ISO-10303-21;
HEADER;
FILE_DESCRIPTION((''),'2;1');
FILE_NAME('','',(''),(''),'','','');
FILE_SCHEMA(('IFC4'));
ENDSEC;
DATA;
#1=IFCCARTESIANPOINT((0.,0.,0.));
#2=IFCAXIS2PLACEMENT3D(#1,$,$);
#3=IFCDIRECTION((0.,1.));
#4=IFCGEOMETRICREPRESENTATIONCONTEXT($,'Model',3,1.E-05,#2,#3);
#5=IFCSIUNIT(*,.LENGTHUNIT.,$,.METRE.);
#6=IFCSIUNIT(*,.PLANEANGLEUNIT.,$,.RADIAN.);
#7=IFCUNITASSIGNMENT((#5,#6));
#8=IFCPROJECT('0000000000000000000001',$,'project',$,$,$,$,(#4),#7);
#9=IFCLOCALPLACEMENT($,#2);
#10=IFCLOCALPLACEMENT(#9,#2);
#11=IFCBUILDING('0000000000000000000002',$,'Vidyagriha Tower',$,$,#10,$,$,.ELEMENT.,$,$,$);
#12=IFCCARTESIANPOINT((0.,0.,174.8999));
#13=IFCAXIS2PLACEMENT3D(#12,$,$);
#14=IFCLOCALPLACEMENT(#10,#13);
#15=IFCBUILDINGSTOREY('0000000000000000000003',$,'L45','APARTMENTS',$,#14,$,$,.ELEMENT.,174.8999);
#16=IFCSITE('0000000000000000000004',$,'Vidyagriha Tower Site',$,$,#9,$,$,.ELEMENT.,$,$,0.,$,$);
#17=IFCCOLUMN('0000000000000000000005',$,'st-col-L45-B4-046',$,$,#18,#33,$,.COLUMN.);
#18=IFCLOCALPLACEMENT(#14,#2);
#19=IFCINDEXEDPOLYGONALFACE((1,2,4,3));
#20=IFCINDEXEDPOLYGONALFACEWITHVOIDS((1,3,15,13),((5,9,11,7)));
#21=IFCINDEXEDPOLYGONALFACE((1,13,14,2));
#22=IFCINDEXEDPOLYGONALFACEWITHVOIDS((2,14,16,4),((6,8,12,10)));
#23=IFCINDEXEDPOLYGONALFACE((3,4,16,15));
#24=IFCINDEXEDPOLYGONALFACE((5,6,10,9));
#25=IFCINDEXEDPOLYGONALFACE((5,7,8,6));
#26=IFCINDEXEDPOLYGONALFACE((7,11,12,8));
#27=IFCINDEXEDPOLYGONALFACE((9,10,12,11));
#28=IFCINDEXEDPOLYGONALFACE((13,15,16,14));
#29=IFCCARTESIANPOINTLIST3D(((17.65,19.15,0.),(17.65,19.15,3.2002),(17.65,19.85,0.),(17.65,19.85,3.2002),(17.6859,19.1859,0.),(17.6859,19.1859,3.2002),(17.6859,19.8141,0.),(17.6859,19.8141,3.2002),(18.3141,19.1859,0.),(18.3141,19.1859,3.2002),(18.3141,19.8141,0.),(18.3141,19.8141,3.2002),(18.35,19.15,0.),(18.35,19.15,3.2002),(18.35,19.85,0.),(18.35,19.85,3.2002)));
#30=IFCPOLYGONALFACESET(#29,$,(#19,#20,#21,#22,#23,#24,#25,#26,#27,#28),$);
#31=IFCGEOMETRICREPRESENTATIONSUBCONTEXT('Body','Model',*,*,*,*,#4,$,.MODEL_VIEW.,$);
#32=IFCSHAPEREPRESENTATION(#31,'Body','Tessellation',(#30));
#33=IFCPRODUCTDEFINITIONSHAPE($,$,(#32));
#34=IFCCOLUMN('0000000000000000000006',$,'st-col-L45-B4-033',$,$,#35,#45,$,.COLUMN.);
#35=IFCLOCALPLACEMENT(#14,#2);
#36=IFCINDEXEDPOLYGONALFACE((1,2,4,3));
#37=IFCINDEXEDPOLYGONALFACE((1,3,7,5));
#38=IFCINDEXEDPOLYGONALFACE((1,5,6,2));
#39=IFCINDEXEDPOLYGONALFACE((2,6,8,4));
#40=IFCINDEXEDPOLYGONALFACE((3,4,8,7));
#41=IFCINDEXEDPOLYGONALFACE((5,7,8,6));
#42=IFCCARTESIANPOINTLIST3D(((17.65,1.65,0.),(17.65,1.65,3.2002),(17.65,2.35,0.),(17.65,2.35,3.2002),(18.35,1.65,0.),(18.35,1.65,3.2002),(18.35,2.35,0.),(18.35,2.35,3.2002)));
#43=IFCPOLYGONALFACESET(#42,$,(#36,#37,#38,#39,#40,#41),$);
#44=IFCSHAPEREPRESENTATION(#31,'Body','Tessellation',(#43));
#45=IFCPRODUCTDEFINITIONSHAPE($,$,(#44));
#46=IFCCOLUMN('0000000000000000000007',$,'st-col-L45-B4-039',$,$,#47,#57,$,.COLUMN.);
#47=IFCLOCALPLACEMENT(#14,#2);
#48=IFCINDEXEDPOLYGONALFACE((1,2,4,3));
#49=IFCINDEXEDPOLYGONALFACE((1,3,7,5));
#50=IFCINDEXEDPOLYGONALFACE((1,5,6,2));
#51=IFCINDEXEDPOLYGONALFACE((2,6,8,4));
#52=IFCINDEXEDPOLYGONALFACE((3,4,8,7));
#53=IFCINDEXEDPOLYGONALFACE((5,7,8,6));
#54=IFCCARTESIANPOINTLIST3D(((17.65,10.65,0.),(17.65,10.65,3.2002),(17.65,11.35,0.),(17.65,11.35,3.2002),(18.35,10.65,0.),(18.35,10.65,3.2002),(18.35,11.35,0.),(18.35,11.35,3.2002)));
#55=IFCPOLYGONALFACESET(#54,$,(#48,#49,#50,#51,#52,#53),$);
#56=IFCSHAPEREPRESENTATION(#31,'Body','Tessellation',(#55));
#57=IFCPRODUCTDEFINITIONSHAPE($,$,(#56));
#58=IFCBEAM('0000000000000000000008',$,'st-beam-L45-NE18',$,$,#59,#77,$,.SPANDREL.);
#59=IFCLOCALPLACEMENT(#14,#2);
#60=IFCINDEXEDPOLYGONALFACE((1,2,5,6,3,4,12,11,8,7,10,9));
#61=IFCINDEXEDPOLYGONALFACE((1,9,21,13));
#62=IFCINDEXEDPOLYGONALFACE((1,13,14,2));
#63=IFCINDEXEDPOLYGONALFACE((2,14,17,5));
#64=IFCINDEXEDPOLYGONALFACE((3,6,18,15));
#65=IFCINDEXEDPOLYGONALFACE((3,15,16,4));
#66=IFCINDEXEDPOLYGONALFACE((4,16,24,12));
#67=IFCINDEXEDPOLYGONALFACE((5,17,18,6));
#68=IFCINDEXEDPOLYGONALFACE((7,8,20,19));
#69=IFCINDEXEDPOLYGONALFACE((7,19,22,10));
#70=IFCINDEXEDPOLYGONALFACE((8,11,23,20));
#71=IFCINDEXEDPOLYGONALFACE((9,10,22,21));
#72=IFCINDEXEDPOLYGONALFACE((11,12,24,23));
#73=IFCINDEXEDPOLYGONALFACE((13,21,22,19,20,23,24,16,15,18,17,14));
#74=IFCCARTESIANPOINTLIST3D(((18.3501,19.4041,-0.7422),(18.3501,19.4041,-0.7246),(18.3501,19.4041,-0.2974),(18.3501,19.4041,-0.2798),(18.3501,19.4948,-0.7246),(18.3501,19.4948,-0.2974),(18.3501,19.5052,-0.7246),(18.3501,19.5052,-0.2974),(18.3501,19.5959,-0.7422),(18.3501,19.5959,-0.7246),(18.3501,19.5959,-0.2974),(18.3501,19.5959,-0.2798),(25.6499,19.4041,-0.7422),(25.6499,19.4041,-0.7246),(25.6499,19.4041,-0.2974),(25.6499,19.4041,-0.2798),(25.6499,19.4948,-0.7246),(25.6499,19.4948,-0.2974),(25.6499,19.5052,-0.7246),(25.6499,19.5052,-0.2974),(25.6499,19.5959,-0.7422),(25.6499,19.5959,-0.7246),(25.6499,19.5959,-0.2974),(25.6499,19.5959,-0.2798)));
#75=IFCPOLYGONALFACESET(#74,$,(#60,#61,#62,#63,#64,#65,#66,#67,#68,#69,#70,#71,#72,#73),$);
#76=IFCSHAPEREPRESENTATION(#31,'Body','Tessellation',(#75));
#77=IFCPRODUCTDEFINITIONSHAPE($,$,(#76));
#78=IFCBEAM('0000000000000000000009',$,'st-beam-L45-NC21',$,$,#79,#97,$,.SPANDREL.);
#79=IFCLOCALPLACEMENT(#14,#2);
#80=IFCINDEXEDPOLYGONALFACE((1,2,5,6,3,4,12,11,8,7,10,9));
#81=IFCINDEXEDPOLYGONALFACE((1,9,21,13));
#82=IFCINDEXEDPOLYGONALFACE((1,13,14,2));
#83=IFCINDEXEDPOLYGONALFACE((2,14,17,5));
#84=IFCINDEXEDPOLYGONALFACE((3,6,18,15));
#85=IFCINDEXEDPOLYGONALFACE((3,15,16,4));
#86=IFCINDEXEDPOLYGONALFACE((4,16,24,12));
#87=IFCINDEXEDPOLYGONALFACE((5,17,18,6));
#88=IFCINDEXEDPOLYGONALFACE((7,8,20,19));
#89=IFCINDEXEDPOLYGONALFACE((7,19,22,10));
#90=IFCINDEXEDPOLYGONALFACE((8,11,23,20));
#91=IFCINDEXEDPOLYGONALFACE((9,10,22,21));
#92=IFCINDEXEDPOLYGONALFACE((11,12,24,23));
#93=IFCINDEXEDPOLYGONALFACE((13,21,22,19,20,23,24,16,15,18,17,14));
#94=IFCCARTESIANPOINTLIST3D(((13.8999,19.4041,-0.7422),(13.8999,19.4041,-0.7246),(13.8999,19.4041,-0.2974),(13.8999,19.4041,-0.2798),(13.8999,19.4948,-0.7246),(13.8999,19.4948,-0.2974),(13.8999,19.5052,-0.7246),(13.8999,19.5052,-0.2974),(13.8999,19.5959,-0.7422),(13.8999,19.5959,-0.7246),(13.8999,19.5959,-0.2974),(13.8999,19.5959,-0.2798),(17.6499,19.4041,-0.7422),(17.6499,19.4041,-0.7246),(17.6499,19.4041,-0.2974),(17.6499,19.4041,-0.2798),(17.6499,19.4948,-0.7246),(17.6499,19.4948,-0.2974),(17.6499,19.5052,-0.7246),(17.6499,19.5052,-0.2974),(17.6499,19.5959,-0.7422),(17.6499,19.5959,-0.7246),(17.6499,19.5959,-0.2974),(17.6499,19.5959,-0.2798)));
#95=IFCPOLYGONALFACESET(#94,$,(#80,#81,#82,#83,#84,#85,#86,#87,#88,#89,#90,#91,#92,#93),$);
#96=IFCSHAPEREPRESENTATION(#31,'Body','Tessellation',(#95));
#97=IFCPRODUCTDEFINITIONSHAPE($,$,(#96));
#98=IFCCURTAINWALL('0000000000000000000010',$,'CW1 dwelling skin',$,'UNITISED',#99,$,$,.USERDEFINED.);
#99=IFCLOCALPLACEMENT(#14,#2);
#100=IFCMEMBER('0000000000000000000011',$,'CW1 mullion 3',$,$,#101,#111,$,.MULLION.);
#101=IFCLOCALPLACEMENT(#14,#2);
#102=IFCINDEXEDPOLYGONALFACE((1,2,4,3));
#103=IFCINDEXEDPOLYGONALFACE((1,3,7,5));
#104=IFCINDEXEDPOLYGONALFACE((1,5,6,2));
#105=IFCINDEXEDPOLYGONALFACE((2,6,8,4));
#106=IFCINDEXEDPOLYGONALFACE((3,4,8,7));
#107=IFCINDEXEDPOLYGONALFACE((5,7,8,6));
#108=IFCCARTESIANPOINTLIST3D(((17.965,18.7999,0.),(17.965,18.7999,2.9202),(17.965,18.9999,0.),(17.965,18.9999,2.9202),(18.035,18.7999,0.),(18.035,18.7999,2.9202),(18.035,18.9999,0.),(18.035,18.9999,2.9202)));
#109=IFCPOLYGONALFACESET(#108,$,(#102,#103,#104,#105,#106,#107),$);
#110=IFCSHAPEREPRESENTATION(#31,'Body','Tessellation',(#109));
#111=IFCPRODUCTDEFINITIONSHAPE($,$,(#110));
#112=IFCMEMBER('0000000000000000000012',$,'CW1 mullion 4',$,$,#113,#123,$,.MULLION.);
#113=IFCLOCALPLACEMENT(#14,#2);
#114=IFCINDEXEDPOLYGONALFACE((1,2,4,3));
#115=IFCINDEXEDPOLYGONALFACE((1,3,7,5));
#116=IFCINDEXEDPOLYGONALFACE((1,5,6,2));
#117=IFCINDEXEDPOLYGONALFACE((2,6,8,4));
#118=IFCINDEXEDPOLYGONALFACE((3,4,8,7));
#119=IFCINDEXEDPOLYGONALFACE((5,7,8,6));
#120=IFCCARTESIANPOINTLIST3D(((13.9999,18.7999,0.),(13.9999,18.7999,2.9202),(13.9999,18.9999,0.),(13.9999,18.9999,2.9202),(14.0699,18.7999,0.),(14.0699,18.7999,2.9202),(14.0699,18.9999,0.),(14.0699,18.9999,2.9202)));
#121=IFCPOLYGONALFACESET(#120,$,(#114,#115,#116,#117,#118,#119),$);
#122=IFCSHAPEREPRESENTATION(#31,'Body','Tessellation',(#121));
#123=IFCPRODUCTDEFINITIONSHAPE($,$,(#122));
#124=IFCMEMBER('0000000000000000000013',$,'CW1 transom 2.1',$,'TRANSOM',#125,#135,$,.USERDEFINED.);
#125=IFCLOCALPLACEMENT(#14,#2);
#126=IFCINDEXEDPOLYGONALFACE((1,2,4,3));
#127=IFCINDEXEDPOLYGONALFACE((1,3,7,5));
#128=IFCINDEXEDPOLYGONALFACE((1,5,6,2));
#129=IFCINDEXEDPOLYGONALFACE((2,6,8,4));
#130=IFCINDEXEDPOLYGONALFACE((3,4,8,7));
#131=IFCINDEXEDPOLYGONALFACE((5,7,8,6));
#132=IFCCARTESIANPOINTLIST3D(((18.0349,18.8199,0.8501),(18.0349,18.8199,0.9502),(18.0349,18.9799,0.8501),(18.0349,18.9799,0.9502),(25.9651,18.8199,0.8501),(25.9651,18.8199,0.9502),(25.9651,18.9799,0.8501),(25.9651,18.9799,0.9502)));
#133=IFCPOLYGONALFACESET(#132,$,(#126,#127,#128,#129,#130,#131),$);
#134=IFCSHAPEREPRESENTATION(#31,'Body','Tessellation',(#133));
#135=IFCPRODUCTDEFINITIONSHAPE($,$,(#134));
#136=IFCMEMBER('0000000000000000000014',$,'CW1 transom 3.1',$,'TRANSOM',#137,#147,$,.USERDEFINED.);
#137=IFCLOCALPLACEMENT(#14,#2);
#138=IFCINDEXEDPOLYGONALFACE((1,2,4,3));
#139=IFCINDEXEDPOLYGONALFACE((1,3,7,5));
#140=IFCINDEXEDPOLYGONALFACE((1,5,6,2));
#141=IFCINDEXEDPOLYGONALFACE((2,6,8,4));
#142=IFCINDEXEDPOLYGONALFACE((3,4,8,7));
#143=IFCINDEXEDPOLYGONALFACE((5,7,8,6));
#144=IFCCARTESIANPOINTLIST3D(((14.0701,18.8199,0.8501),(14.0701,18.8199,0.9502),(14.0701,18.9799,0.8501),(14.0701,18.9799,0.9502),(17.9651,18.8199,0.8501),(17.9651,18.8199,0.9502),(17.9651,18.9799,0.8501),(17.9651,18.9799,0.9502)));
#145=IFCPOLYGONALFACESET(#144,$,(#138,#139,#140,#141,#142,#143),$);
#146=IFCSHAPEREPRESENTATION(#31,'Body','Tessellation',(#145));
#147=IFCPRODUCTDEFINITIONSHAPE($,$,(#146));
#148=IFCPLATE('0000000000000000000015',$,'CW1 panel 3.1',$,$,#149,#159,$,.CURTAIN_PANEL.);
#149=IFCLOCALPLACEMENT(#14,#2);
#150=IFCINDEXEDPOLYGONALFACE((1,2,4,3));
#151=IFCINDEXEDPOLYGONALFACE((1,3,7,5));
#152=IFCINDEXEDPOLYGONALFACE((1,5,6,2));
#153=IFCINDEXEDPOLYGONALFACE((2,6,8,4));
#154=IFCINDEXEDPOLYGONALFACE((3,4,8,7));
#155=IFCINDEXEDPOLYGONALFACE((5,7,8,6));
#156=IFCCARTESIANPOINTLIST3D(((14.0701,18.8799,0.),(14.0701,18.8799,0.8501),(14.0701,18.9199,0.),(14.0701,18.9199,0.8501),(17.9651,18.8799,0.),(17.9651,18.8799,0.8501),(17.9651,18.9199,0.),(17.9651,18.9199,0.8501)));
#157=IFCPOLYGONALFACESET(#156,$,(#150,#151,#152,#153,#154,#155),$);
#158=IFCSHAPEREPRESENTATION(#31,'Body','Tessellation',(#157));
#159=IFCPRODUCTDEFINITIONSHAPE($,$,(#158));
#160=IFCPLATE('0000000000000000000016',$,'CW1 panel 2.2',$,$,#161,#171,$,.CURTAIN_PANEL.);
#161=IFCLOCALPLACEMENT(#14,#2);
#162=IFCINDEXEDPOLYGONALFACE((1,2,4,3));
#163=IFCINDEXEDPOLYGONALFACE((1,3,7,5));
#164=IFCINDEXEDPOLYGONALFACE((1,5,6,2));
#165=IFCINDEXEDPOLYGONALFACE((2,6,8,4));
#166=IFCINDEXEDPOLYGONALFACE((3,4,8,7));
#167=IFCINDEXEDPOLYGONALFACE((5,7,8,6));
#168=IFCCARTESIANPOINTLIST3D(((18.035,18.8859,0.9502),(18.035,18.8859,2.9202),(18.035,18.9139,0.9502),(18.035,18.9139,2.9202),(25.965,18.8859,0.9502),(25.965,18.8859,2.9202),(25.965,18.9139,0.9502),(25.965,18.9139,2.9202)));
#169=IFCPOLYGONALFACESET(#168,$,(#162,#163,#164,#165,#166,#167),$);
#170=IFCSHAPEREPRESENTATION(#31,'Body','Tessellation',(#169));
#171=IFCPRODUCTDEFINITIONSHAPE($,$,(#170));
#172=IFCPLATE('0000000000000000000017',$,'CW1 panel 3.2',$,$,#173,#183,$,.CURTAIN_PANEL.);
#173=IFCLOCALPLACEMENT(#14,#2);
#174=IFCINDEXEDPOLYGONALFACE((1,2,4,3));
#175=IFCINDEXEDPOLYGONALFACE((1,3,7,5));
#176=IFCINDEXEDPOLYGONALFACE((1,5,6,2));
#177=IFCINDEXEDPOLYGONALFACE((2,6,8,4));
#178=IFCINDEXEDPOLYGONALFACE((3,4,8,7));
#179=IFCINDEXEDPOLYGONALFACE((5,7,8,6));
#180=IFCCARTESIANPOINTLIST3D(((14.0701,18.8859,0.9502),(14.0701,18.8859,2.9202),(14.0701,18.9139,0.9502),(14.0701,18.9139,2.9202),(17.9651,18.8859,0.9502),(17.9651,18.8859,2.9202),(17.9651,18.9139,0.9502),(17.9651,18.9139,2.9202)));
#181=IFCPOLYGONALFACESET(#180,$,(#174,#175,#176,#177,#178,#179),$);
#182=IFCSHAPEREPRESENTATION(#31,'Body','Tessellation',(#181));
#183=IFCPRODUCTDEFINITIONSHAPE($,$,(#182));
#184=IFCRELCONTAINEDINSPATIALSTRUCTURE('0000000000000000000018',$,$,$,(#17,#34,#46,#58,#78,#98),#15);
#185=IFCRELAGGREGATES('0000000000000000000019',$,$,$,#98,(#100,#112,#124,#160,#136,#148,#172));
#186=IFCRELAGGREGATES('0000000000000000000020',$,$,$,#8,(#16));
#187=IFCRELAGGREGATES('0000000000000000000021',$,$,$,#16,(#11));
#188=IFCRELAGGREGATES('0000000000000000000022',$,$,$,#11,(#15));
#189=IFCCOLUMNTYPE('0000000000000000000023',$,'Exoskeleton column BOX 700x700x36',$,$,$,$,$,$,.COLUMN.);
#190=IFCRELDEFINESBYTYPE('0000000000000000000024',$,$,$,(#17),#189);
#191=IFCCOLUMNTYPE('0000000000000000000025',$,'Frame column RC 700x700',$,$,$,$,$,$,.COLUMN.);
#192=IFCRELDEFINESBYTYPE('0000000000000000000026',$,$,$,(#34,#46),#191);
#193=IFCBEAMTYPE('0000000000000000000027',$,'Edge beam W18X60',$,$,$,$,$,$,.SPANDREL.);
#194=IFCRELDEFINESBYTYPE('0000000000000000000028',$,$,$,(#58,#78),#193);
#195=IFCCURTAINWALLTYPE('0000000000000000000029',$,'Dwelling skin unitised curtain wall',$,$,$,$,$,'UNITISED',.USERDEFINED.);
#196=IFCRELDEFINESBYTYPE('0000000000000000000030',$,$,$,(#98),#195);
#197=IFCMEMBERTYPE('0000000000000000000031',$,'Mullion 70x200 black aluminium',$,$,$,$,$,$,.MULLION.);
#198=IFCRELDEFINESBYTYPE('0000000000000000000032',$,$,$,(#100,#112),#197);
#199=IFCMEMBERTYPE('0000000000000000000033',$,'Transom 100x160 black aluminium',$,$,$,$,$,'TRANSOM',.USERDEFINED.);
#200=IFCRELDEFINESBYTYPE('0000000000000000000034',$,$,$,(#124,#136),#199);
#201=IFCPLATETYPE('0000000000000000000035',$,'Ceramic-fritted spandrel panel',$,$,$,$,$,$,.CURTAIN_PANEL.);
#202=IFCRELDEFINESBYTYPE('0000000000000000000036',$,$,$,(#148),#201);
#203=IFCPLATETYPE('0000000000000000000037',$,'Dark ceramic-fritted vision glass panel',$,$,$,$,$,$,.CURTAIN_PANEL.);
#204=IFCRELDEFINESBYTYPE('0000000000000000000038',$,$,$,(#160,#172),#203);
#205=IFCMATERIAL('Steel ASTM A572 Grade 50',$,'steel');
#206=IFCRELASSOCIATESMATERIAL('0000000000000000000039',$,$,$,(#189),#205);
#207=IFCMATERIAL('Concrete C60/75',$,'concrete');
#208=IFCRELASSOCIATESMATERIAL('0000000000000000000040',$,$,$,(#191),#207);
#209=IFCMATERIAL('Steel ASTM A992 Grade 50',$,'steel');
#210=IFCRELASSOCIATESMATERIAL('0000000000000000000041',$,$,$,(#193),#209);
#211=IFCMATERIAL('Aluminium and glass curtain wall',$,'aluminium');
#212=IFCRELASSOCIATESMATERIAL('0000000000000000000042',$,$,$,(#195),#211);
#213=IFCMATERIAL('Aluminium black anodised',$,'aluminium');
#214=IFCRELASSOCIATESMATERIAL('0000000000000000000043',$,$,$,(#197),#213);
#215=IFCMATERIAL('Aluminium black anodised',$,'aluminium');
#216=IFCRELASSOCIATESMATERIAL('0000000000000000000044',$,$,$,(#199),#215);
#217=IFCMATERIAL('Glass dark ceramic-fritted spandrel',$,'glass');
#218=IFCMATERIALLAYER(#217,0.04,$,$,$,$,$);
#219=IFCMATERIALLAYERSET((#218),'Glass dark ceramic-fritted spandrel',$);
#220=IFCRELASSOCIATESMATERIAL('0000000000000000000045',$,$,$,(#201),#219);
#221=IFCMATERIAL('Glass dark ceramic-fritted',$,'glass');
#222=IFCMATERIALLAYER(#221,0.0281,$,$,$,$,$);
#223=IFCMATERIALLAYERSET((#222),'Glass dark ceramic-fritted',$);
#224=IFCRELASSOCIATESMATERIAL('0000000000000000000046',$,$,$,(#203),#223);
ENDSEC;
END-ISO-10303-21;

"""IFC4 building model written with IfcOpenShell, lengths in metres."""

from ifc_helpers import new_model, si_unit, direction, frame, origin, origin_2d, place, context, subcontext, project, spatial, rectangle, hollow_rectangle, i_section, extrude, material, layer, layer_set, material_profile, profile_set, type_object, element, aggregate, save


model = new_model("IFC4")

# Units and contexts
model_context = context("Model", 3, precision=1e-05, world=origin(), true_north=direction((0.0, 1.0)))
body_context = subcontext(model_context, "Body", "Model", "MODEL_VIEW")
ifc_project = project(units=[si_unit("LENGTHUNIT", "METRE"), si_unit("PLANEANGLEUNIT", "RADIAN")], contexts=[model_context])

# Site, building, storey
site_placement = place(None, origin())
site = spatial("IfcSite", under=ifc_project, at=site_placement, Name="Vidyagriha Tower Site", CompositionType="ELEMENT", RefElevation=0.0)
building_placement = place(site_placement, origin())
building = spatial("IfcBuilding", under=site, at=building_placement, Name="Vidyagriha Tower", CompositionType="ELEMENT")
storey_placement = place(building_placement, frame((0.0, 0.0, 174.8999)))
storey = spatial("IfcBuildingStorey", under=building, at=storey_placement, Name="L45", Description="APARTMENTS", CompositionType="ELEMENT", Elevation=174.8999)

# Columns
ifc_material_1 = material(Name="Steel ASTM A572 Grade 50", Category="steel")
ifc_material_profile_1 = material_profile(ifc_material_1, hollow_rectangle(XDim=0.7, YDim=0.7, WallThickness=0.0359, at=origin_2d()), Name="BOX 700x700x36")
ifc_profile_set_1 = profile_set([ifc_material_profile_1], Name="Steel ASTM A572 Grade 50")
column_type_1 = type_object("IfcColumnType", Name="Exoskeleton column BOX 700x700x36", PredefinedType="COLUMN", material=ifc_profile_set_1)
column_placement = place(storey_placement, frame((18.0, 19.5, 0.0)))
element("IfcColumn", 1, at=column_placement, inside=storey, type_object=column_type_1, Name="st-col-L45-B4-046", PredefinedType="COLUMN", context=body_context, shape_type="SweptSolid", body=[
    extrude(hollow_rectangle(XDim=0.7, YDim=0.7, WallThickness=0.0359, at=origin_2d()), origin(), (0.0, 0.0, 1.0), 3.2002),
])
ifc_material_2 = material(Name="Concrete C60/75", Category="concrete")
ifc_material_profile_2 = material_profile(ifc_material_2, rectangle(XDim=0.7, YDim=0.7, at=origin_2d()), Name="RC 700x700")
ifc_profile_set_2 = profile_set([ifc_material_profile_2], Name="Concrete C60/75")
column_type_2 = type_object("IfcColumnType", Name="Frame column RC 700x700", PredefinedType="COLUMN", material=ifc_profile_set_2)
for number, where, name in (
    (2, (18.0, 2.0, 0.0), "st-col-L45-B4-033"),
    (3, (18.0, 11.0, 0.0), "st-col-L45-B4-039"),
):
    element("IfcColumn", number, at=place(storey_placement, frame(where)), inside=storey, type_object=column_type_2, Name=name, PredefinedType="COLUMN", context=body_context, shape_type="SweptSolid", body=[
        extrude(rectangle(XDim=0.7, YDim=0.7, at=origin_2d()), origin(), (0.0, 0.0, 1.0), 3.2002),
    ])

# Beams
ifc_material_3 = material(Name="Steel ASTM A992 Grade 50", Category="steel")
ifc_material_profile_3 = material_profile(ifc_material_3, i_section(OverallWidth=0.1919, OverallDepth=0.4624, WebThickness=0.0105, FlangeThickness=0.0176, at=origin_2d()), Name="W18X60")
ifc_profile_set_3 = profile_set([ifc_material_profile_3], Name="Steel ASTM A992 Grade 50")
beam_type = type_object("IfcBeamType", Name="Edge beam W18X60", PredefinedType="SPANDREL", material=ifc_profile_set_3)
beam_1_placement = place(storey_placement, frame((18.3501, 19.5, -0.511), z_axis=(1.0, 0.0, 0.0), x_axis=(0.0, 1.0, 0.0)))
element("IfcBeam", 4, at=beam_1_placement, inside=storey, type_object=beam_type, Name="st-beam-L45-NE18", PredefinedType="SPANDREL", context=body_context, shape_type="SweptSolid", body=[
    extrude(i_section(OverallWidth=0.1919, OverallDepth=0.4624, WebThickness=0.0105, FlangeThickness=0.0176, at=origin_2d()), origin(), (0.0, 0.0, 1.0), 7.2998),
])
beam_2_placement = place(storey_placement, frame((13.8999, 19.5, -0.511), z_axis=(1.0, 0.0, 0.0), x_axis=(0.0, 1.0, 0.0)))
element("IfcBeam", 5, at=beam_2_placement, inside=storey, type_object=beam_type, Name="st-beam-L45-NC21", PredefinedType="SPANDREL", context=body_context, shape_type="SweptSolid", body=[
    extrude(i_section(OverallWidth=0.1919, OverallDepth=0.4624, WebThickness=0.0105, FlangeThickness=0.0176, at=origin_2d()), origin(), (0.0, 0.0, 1.0), 3.75),
])

# Curtain wall, members, plates
ifc_material_4 = material(Name="Aluminium and glass curtain wall", Category="aluminium")
curtain_wall_type = type_object("IfcCurtainWallType", Name="Dwelling skin unitised curtain wall", ElementType="UNITISED", PredefinedType="USERDEFINED", material=ifc_material_4)
curtain_wall_placement = place(storey_placement, origin())
curtain_wall = element("IfcCurtainWall", 6, at=curtain_wall_placement, inside=storey, type_object=curtain_wall_type, Name="CW1 dwelling skin", ObjectType="UNITISED", PredefinedType="USERDEFINED")
ifc_material_5 = material(Name="Aluminium black anodised", Category="aluminium")
ifc_material_profile_4 = material_profile(ifc_material_5, rectangle(XDim=0.2, YDim=0.0701, at=origin_2d()), Name="Mullion 70x200 black aluminium")
ifc_profile_set_4 = profile_set([ifc_material_profile_4], Name="Aluminium black anodised")
member_type_1 = type_object("IfcMemberType", Name="Mullion 70x200 black aluminium", PredefinedType="MULLION", material=ifc_profile_set_4)
member_1_placement = place(storey_placement, frame((18.0, 18.8999, 0.0), z_axis=(0.0, 0.0, 1.0), x_axis=(0.0, -1.0, 0.0)))
member_1 = element("IfcMember", 7, at=member_1_placement, type_object=member_type_1, Name="CW1 mullion 3", PredefinedType="MULLION", context=body_context, shape_type="SweptSolid", body=[
    extrude(rectangle(XDim=0.2, YDim=0.0701, at=origin_2d()), origin(), (0.0, 0.0, 1.0), 2.9202),
])
member_2_placement = place(storey_placement, frame((14.0349, 18.8999, 0.0), z_axis=(0.0, 0.0, 1.0), x_axis=(0.0, -1.0, 0.0)))
member_2 = element("IfcMember", 8, at=member_2_placement, type_object=member_type_1, Name="CW1 mullion 4", PredefinedType="MULLION", context=body_context, shape_type="SweptSolid", body=[
    extrude(rectangle(XDim=0.2, YDim=0.0701, at=origin_2d()), origin(), (0.0, 0.0, 1.0), 2.9202),
])
ifc_material_6 = material(Name="Aluminium black anodised", Category="aluminium")
ifc_material_profile_5 = material_profile(ifc_material_6, rectangle(XDim=0.1599, YDim=0.1001, at=origin_2d()), Name="Transom 100x160 black aluminium")
ifc_profile_set_5 = profile_set([ifc_material_profile_5], Name="Aluminium black anodised")
member_type_2 = type_object("IfcMemberType", Name="Transom 100x160 black aluminium", ElementType="TRANSOM", PredefinedType="USERDEFINED", material=ifc_profile_set_5)
member_3_placement = place(storey_placement, frame((25.9651, 18.8999, 0.9001), z_axis=(-1.0, 0.0, 0.0), x_axis=(0.0, -1.0, 0.0)))
member_3 = element("IfcMember", 9, at=member_3_placement, type_object=member_type_2, Name="CW1 transom 2.1", ObjectType="TRANSOM", PredefinedType="USERDEFINED", context=body_context, shape_type="SweptSolid", body=[
    extrude(rectangle(XDim=0.1599, YDim=0.1001, at=origin_2d()), origin(), (0.0, 0.0, 1.0), 7.9302),
])
member_4_placement = place(storey_placement, frame((17.9651, 18.8999, 0.9001), z_axis=(-1.0, 0.0, 0.0), x_axis=(0.0, -1.0, 0.0)))
member_4 = element("IfcMember", 10, at=member_4_placement, type_object=member_type_2, Name="CW1 transom 3.1", ObjectType="TRANSOM", PredefinedType="USERDEFINED", context=body_context, shape_type="SweptSolid", body=[
    extrude(rectangle(XDim=0.1599, YDim=0.1001, at=origin_2d()), origin(), (0.0, 0.0, 1.0), 3.895),
])
ifc_material_7 = material(Name="Glass dark ceramic-fritted spandrel", Category="glass")
ifc_layer_1 = layer(ifc_material_7, 0.04)
ifc_layer_set_1 = layer_set([ifc_layer_1], Name="Glass dark ceramic-fritted spandrel")
plate_type_1 = type_object("IfcPlateType", Name="Ceramic-fritted spandrel panel", PredefinedType="CURTAIN_PANEL", material=ifc_layer_set_1)
plate_1_placement = place(storey_placement, frame((16.0176, 18.8999, 0.0), z_axis=(0.0, 0.0, 1.0), x_axis=(-1.0, 0.0, 0.0)))
plate_1 = element("IfcPlate", 11, at=plate_1_placement, type_object=plate_type_1, Name="CW1 panel 3.1", PredefinedType="CURTAIN_PANEL", context=body_context, shape_type="SweptSolid", body=[
    extrude(rectangle(XDim=3.895, YDim=0.04, at=origin_2d()), origin(), (0.0, 0.0, 1.0), 0.8501),
])
ifc_material_8 = material(Name="Glass dark ceramic-fritted", Category="glass")
ifc_layer_2 = layer(ifc_material_8, 0.0281)
ifc_layer_set_2 = layer_set([ifc_layer_2], Name="Glass dark ceramic-fritted")
plate_type_2 = type_object("IfcPlateType", Name="Dark ceramic-fritted vision glass panel", PredefinedType="CURTAIN_PANEL", material=ifc_layer_set_2)
plate_2_placement = place(storey_placement, frame((22.0, 18.8999, 0.9502), z_axis=(0.0, 0.0, 1.0), x_axis=(-1.0, 0.0, 0.0)))
plate_2 = element("IfcPlate", 12, at=plate_2_placement, type_object=plate_type_2, Name="CW1 panel 2.2", PredefinedType="CURTAIN_PANEL", context=body_context, shape_type="SweptSolid", body=[
    extrude(rectangle(XDim=7.9299, YDim=0.0281, at=origin_2d()), origin(), (0.0, 0.0, 1.0), 1.97),
])
plate_3_placement = place(storey_placement, frame((16.0176, 18.8999, 0.9502), z_axis=(0.0, 0.0, 1.0), x_axis=(-1.0, 0.0, 0.0)))
plate_3 = element("IfcPlate", 13, at=plate_3_placement, type_object=plate_type_2, Name="CW1 panel 3.2", PredefinedType="CURTAIN_PANEL", context=body_context, shape_type="SweptSolid", body=[
    extrude(rectangle(XDim=3.895, YDim=0.0281, at=origin_2d()), origin(), (0.0, 0.0, 1.0), 1.97),
])
aggregate(curtain_wall, [member_1, member_2, member_3, plate_2, member_4, plate_1, plate_3])

save(model, "model.ifc")
